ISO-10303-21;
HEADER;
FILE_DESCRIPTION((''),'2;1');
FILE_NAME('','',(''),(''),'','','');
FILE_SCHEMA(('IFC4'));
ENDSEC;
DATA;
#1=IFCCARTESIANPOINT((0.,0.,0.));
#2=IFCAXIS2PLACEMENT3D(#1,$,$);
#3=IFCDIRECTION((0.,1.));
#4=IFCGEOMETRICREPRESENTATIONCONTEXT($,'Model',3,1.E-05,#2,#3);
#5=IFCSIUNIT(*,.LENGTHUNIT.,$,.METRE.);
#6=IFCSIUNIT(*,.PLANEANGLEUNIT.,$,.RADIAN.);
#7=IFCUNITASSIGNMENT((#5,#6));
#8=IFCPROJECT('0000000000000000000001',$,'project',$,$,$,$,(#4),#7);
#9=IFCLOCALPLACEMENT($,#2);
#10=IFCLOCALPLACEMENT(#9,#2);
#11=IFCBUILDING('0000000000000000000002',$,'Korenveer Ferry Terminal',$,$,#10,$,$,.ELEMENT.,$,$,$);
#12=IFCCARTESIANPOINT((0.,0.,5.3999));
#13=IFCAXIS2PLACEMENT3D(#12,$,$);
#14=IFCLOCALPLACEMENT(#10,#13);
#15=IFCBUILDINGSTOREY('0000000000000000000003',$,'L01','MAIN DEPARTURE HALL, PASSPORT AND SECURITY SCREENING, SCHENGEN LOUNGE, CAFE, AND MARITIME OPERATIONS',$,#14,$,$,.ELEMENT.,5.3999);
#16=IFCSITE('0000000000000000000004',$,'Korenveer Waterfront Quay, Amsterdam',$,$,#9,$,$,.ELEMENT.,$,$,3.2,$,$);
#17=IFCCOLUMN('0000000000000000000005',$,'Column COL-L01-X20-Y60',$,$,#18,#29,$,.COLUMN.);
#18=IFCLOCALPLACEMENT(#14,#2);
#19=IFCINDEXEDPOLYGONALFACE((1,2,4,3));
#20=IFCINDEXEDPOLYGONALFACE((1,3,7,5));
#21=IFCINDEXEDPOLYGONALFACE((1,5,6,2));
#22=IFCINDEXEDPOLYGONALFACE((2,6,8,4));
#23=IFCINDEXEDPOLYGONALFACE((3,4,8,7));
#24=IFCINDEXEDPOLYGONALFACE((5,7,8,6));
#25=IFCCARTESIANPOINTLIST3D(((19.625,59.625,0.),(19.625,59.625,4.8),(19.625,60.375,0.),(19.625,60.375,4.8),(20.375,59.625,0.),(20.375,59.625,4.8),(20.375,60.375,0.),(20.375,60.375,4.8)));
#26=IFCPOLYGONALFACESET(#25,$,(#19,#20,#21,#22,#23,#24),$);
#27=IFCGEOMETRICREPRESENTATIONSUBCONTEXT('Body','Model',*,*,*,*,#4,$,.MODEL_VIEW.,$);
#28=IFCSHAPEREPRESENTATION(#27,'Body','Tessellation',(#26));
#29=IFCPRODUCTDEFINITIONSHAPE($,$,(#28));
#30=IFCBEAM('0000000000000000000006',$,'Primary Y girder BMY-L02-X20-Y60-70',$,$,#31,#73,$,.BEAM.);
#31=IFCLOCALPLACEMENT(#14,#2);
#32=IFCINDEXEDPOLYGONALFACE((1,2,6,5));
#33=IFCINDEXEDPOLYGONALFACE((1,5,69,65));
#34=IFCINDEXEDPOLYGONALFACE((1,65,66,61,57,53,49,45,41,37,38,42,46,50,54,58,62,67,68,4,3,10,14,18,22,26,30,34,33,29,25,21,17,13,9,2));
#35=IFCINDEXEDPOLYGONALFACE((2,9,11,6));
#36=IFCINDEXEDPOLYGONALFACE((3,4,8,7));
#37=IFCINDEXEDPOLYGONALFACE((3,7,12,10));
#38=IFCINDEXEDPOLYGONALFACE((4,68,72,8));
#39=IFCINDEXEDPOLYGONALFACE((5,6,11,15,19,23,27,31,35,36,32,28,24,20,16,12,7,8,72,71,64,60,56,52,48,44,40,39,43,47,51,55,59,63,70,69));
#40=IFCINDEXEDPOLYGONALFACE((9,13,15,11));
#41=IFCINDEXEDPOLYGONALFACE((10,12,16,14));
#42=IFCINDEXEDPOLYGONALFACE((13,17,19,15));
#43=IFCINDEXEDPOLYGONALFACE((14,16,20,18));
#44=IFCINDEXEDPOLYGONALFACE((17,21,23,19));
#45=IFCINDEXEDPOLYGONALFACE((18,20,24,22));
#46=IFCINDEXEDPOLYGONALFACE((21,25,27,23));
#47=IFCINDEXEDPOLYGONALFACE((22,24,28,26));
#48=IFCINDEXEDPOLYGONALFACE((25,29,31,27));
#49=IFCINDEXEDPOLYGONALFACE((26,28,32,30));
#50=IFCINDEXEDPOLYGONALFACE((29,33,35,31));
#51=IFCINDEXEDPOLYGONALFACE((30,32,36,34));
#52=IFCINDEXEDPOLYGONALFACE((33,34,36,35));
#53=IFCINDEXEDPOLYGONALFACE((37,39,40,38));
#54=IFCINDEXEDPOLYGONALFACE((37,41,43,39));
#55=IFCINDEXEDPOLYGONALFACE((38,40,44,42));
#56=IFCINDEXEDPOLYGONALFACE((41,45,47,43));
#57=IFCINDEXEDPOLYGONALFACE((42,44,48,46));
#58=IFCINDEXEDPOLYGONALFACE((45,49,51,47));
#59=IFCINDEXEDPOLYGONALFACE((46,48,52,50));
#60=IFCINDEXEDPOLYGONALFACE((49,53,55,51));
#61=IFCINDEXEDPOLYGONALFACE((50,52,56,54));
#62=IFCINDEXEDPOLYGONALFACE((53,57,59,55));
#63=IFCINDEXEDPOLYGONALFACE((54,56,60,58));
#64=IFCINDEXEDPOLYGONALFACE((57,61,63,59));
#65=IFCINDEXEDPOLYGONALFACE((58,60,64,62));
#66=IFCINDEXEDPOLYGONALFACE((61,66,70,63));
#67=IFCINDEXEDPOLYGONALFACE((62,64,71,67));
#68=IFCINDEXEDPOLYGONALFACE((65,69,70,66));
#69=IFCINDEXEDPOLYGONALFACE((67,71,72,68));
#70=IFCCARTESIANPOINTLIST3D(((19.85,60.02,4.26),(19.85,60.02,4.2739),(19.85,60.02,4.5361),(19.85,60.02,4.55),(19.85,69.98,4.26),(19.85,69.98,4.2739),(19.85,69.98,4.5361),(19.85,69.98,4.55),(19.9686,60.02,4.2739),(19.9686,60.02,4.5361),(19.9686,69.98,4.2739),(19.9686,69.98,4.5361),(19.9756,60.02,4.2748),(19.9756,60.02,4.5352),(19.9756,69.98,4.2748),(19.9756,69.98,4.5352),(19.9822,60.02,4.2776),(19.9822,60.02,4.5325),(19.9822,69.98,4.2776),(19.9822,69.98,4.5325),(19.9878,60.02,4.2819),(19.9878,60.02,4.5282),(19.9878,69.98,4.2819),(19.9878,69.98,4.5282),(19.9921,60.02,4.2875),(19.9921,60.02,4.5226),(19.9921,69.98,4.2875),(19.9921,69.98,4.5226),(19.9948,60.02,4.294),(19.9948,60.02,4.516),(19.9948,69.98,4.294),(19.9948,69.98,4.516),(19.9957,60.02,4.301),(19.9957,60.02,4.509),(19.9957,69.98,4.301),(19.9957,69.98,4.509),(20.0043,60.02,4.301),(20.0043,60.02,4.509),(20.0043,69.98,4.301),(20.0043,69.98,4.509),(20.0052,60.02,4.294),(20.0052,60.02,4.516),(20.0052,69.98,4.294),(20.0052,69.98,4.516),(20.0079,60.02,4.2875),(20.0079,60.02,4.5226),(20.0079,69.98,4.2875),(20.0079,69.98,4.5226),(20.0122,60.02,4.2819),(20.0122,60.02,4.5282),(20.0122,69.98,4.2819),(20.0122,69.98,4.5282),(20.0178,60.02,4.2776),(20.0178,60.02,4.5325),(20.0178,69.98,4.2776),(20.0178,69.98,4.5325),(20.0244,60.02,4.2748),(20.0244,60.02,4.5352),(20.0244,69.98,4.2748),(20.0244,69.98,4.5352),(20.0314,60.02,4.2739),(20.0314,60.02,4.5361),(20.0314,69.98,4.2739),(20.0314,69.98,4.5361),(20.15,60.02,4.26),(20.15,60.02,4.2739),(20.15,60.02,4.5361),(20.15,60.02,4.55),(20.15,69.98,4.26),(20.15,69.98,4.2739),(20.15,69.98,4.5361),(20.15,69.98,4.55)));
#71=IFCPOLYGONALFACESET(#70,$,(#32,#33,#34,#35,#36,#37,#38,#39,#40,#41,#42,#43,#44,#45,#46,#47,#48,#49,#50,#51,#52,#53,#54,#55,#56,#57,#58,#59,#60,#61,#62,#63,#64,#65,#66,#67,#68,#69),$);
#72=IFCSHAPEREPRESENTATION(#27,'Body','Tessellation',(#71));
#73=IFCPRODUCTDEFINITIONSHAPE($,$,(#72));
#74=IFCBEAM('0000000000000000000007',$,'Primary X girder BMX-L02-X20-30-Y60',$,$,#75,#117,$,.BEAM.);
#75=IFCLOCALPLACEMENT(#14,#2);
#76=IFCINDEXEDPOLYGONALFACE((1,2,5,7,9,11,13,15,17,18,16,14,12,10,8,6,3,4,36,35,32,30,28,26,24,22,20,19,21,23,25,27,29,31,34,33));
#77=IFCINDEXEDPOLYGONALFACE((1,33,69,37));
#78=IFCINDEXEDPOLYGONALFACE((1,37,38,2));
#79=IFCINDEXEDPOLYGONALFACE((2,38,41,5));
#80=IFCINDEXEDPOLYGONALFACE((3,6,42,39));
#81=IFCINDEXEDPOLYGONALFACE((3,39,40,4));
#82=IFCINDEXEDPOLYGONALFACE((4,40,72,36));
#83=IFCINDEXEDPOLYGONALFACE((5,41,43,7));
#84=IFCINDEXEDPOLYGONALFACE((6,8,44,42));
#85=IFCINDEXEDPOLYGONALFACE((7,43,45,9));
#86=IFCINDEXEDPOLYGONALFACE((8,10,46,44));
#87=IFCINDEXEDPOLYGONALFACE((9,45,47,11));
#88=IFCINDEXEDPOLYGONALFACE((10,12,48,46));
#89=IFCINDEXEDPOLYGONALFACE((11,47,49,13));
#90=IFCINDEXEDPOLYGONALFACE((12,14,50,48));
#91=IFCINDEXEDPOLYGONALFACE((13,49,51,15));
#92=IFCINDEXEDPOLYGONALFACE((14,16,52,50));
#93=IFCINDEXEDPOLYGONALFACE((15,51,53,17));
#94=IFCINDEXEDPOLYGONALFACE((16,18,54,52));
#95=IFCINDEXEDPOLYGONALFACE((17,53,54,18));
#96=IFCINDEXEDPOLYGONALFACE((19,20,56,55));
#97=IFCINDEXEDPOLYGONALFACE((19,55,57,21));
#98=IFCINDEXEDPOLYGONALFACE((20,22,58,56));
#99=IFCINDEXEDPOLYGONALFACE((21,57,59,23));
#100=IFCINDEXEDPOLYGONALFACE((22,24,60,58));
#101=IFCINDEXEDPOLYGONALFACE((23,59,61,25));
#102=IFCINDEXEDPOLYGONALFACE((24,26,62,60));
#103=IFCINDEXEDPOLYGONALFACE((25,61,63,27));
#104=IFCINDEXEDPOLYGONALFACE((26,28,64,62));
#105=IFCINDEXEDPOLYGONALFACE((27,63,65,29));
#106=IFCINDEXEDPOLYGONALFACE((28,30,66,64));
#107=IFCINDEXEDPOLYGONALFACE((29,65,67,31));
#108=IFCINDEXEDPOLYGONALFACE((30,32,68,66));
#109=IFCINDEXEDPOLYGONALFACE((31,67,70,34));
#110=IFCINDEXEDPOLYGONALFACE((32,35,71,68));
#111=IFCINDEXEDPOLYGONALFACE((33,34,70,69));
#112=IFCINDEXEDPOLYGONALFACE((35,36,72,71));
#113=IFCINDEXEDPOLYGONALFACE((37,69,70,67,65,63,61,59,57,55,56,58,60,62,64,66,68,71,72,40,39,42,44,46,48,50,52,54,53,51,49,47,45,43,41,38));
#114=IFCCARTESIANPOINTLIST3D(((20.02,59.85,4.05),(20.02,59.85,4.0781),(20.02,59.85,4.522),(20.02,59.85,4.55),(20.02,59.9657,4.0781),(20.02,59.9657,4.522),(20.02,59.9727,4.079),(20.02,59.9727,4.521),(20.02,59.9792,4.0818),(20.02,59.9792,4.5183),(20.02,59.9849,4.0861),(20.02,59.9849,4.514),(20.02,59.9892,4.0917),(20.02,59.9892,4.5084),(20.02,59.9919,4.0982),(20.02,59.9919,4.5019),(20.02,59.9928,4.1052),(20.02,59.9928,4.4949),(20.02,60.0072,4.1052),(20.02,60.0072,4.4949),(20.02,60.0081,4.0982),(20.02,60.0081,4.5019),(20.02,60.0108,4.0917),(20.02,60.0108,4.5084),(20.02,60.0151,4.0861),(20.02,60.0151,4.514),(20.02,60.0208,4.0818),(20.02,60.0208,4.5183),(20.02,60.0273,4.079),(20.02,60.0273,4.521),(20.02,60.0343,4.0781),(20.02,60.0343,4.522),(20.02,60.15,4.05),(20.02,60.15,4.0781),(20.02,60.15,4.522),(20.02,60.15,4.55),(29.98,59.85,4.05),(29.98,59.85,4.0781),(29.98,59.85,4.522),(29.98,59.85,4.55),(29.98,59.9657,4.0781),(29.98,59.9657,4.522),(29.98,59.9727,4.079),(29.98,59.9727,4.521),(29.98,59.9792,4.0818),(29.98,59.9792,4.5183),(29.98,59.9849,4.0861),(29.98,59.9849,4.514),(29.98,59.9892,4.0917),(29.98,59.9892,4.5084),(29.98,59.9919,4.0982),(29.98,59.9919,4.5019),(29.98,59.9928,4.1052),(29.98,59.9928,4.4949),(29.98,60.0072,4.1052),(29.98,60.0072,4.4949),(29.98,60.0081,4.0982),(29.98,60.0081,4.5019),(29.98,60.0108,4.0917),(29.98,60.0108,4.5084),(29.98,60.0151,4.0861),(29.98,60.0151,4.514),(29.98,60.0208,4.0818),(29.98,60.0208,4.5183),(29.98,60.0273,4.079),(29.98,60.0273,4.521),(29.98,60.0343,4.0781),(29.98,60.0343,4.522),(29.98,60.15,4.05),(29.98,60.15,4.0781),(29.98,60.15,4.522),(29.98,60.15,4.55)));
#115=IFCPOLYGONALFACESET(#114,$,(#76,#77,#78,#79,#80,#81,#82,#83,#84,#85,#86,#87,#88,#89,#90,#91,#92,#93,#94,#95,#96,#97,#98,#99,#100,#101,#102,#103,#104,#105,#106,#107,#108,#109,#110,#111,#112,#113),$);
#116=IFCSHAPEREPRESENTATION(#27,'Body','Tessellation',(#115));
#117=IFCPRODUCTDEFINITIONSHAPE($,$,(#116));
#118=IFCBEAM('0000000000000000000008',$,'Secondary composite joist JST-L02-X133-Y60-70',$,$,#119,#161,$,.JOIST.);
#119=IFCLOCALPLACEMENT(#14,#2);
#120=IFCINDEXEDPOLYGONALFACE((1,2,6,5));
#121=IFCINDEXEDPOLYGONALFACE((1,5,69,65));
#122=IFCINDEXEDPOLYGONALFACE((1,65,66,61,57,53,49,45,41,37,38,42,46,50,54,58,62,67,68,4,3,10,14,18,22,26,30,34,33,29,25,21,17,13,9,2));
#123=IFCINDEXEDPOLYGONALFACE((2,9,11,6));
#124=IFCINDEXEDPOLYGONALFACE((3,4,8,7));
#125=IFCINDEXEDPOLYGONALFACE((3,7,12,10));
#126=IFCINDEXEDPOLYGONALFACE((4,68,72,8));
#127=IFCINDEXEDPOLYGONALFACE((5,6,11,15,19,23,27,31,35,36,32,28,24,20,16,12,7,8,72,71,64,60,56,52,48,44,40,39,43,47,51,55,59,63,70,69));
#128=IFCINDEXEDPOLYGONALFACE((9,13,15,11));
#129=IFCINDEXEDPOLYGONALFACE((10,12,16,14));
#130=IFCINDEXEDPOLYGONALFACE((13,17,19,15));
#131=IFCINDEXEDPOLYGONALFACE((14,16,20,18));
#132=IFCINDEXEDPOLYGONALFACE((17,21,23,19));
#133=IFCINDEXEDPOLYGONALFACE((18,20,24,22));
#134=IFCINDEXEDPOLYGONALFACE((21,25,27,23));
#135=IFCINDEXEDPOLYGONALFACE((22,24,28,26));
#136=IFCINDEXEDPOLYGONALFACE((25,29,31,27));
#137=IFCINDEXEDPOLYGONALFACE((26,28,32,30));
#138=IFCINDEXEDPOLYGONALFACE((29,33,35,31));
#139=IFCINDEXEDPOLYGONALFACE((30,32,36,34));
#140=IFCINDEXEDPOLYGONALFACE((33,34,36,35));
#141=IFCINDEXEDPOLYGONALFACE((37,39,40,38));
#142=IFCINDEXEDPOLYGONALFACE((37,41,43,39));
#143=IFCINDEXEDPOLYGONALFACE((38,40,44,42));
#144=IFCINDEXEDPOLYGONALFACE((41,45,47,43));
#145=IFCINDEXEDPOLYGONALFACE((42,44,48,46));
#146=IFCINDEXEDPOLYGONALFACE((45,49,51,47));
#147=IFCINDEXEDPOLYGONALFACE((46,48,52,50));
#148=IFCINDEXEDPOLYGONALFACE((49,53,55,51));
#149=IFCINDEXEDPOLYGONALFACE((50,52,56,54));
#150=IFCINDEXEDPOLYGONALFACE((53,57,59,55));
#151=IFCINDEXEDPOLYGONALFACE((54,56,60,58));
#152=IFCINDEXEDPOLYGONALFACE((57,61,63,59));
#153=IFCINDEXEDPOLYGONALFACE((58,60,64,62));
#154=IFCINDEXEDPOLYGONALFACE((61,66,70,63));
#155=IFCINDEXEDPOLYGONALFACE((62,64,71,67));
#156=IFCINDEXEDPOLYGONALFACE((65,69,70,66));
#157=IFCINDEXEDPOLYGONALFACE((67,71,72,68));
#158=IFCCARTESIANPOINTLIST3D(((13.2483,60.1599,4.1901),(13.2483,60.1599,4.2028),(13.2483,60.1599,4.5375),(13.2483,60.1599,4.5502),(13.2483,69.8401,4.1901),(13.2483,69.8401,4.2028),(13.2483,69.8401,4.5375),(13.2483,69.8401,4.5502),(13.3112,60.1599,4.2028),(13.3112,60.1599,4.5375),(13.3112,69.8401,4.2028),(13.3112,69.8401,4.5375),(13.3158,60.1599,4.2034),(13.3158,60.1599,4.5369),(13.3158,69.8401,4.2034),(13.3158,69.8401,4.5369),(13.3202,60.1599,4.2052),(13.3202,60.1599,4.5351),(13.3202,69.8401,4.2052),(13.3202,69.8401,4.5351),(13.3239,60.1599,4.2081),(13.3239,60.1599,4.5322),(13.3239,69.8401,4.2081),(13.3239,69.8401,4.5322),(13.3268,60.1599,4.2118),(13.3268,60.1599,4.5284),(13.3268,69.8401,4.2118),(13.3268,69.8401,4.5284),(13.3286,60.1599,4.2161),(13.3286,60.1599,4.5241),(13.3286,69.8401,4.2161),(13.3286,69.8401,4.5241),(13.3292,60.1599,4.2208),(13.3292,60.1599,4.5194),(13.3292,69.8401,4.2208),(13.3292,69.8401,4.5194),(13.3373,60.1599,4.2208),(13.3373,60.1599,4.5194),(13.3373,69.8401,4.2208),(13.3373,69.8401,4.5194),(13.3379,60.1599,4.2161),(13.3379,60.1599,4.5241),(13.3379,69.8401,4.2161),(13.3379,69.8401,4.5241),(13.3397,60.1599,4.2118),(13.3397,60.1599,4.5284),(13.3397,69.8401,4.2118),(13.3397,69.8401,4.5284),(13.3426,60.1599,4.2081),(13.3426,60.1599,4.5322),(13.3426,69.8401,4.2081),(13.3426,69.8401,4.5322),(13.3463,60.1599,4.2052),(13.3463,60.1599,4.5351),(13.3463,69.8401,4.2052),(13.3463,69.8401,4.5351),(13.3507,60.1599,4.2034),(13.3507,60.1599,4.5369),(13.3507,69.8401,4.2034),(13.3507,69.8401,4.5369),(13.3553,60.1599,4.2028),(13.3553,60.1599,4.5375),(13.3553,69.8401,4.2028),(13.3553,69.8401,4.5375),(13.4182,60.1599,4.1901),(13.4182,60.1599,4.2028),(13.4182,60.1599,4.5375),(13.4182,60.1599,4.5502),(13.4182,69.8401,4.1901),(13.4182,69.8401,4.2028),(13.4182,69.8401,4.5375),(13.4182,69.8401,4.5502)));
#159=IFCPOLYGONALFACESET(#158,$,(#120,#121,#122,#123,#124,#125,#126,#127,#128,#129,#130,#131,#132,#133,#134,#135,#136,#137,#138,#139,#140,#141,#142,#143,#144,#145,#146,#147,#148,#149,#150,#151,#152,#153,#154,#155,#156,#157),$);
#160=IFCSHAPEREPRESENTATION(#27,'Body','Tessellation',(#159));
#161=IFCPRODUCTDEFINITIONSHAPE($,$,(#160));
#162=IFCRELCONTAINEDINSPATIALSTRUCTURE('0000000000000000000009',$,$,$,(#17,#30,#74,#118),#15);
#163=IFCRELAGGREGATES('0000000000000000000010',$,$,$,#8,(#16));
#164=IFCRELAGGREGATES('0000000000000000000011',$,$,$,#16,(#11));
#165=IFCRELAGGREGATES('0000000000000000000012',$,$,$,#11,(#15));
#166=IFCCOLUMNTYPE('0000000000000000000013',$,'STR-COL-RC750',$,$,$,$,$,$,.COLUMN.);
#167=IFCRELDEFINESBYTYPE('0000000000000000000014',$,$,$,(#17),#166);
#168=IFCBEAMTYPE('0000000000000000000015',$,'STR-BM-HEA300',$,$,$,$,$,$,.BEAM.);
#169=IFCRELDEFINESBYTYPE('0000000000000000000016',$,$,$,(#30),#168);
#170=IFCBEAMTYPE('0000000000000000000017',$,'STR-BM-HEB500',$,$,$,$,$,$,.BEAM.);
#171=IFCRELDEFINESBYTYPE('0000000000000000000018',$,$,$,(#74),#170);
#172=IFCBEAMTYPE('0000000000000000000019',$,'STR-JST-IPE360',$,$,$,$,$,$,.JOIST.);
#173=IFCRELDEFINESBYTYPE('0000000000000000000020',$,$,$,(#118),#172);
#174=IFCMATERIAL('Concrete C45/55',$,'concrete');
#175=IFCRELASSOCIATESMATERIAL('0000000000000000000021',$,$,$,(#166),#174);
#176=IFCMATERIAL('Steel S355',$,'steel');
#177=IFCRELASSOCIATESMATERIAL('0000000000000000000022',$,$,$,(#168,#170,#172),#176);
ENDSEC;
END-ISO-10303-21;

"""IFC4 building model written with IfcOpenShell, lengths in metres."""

from ifc_helpers import new_model, si_unit, direction, frame, origin, origin_2d, place, context, subcontext, project, spatial, rectangle, i_section, extrude, material, material_profile, profile_set, type_object, element, save


model = new_model("IFC4")

# Units and contexts
model_context = context("Model", 3, precision=1e-05, world=origin(), true_north=direction((0.0, 1.0)))
body_context = subcontext(model_context, "Body", "Model", "MODEL_VIEW")
ifc_project = project(units=[si_unit("LENGTHUNIT", "METRE"), si_unit("PLANEANGLEUNIT", "RADIAN")], contexts=[model_context])

# Site, building, storey
site_placement = place(None, origin())
site = spatial("IfcSite", under=ifc_project, at=site_placement, Name="Korenveer Waterfront Quay, Amsterdam", CompositionType="ELEMENT", RefElevation=3.2)
building_placement = place(site_placement, origin())
building = spatial("IfcBuilding", under=site, at=building_placement, Name="Korenveer Ferry Terminal", CompositionType="ELEMENT")
storey_placement = place(building_placement, frame((0.0, 0.0, 5.3999)))
storey = spatial("IfcBuildingStorey", under=building, at=storey_placement, Name="L01", Description="MAIN DEPARTURE HALL, PASSPORT AND SECURITY SCREENING, SCHENGEN LOUNGE, CAFE, AND MARITIME OPERATIONS", CompositionType="ELEMENT", Elevation=5.3999)

# Column
ifc_material_1 = material(Name="Concrete C45/55", Category="concrete")
ifc_material_profile_1 = material_profile(ifc_material_1, rectangle(XDim=0.75, YDim=0.75, at=origin_2d()), Name="RC 750x750")
ifc_profile_set_1 = profile_set([ifc_material_profile_1], Name="Concrete C45/55")
column_type = type_object("IfcColumnType", Name="STR-COL-RC750", PredefinedType="COLUMN", material=ifc_profile_set_1)
column_placement = place(storey_placement, frame((20.0, 60.0, 0.0), z_axis=(0.0, 0.0, 1.0), x_axis=(1.0, 0.0, 0.0)))
element("IfcColumn", 1, at=column_placement, inside=storey, type_object=column_type, Name="Column COL-L01-X20-Y60", PredefinedType="COLUMN", context=body_context, shape_type="SweptSolid", body=[
    extrude(rectangle(XDim=0.75, YDim=0.75, at=origin_2d()), origin(), (0.0, 0.0, 1.0), 4.8),
])

# Beams
ifc_material_2 = material(Name="Steel S355", Category="steel")
ifc_material_profile_2 = material_profile(ifc_material_2, i_section(OverallWidth=0.3, OverallDepth=0.29, WebThickness=0.0085, FlangeThickness=0.0139, FilletRadius=0.0271, at=origin_2d()), Name="HEA 300")
ifc_profile_set_2 = profile_set([ifc_material_profile_2], Name="Steel S355")
beam_type_1 = type_object("IfcBeamType", Name="STR-BM-HEA300", PredefinedType="BEAM", material=ifc_profile_set_2)
beam_1_placement = place(storey_placement, frame((20.0, 60.02, 4.405), z_axis=(0.0, 1.0, 0.0), x_axis=(-1.0, 0.0, 0.0)))
element("IfcBeam", 2, at=beam_1_placement, inside=storey, type_object=beam_type_1, Name="Primary Y girder BMY-L02-X20-Y60-70", PredefinedType="BEAM", context=body_context, shape_type="SweptSolid", body=[
    extrude(i_section(OverallWidth=0.3, OverallDepth=0.29, WebThickness=0.0085, FlangeThickness=0.0139, FilletRadius=0.0271, at=origin_2d()), origin(), (0.0, 0.0, 1.0), 9.96),
])
ifc_material_profile_3 = material_profile(ifc_material_2, i_section(OverallWidth=0.3, OverallDepth=0.5, WebThickness=0.0144, FlangeThickness=0.0281, FilletRadius=0.0271, at=origin_2d()), Name="HEB 500")
ifc_profile_set_3 = profile_set([ifc_material_profile_3], Name="Steel S355")
beam_type_2 = type_object("IfcBeamType", Name="STR-BM-HEB500", PredefinedType="BEAM", material=ifc_profile_set_3)
beam_2_placement = place(storey_placement, frame((20.02, 60.0, 4.3), z_axis=(1.0, 0.0, 0.0), x_axis=(0.0, 1.0, 0.0)))
element("IfcBeam", 3, at=beam_2_placement, inside=storey, type_object=beam_type_2, Name="Primary X girder BMX-L02-X20-30-Y60", PredefinedType="BEAM", context=body_context, shape_type="SweptSolid", body=[
    extrude(i_section(OverallWidth=0.3, OverallDepth=0.5, WebThickness=0.0144, FlangeThickness=0.0281, FilletRadius=0.0271, at=origin_2d()), origin(), (0.0, 0.0, 1.0), 9.96),
])
ifc_material_profile_4 = material_profile(ifc_material_2, i_section(OverallWidth=0.1699, OverallDepth=0.3601, WebThickness=0.0081, FlangeThickness=0.0127, FilletRadius=0.0181, at=origin_2d()), Name="IPE 360")
ifc_profile_set_4 = profile_set([ifc_material_profile_4], Name="Steel S355")
beam_type_3 = type_object("IfcBeamType", Name="STR-JST-IPE360", PredefinedType="JOIST", material=ifc_profile_set_4)
for number, where, z_axis, x_axis, name in (
    (4, (13.3333, 60.1599, 4.3701), (0.0, 1.0, 0.0), (-1.0, 0.0, 0.0), "Secondary composite joist JST-L02-X133-Y60-70"),
):
    element("IfcBeam", number, at=place(storey_placement, frame(where, z_axis=z_axis, x_axis=x_axis)), inside=storey, type_object=beam_type_3, Name=name, PredefinedType="JOIST", context=body_context, shape_type="SweptSolid", body=[
        extrude(i_section(OverallWidth=0.1699, OverallDepth=0.3601, WebThickness=0.0081, FlangeThickness=0.0127, FilletRadius=0.0181, at=origin_2d()), origin(), (0.0, 0.0, 1.0), 9.6802),
    ])

save(model, "model.ifc")
